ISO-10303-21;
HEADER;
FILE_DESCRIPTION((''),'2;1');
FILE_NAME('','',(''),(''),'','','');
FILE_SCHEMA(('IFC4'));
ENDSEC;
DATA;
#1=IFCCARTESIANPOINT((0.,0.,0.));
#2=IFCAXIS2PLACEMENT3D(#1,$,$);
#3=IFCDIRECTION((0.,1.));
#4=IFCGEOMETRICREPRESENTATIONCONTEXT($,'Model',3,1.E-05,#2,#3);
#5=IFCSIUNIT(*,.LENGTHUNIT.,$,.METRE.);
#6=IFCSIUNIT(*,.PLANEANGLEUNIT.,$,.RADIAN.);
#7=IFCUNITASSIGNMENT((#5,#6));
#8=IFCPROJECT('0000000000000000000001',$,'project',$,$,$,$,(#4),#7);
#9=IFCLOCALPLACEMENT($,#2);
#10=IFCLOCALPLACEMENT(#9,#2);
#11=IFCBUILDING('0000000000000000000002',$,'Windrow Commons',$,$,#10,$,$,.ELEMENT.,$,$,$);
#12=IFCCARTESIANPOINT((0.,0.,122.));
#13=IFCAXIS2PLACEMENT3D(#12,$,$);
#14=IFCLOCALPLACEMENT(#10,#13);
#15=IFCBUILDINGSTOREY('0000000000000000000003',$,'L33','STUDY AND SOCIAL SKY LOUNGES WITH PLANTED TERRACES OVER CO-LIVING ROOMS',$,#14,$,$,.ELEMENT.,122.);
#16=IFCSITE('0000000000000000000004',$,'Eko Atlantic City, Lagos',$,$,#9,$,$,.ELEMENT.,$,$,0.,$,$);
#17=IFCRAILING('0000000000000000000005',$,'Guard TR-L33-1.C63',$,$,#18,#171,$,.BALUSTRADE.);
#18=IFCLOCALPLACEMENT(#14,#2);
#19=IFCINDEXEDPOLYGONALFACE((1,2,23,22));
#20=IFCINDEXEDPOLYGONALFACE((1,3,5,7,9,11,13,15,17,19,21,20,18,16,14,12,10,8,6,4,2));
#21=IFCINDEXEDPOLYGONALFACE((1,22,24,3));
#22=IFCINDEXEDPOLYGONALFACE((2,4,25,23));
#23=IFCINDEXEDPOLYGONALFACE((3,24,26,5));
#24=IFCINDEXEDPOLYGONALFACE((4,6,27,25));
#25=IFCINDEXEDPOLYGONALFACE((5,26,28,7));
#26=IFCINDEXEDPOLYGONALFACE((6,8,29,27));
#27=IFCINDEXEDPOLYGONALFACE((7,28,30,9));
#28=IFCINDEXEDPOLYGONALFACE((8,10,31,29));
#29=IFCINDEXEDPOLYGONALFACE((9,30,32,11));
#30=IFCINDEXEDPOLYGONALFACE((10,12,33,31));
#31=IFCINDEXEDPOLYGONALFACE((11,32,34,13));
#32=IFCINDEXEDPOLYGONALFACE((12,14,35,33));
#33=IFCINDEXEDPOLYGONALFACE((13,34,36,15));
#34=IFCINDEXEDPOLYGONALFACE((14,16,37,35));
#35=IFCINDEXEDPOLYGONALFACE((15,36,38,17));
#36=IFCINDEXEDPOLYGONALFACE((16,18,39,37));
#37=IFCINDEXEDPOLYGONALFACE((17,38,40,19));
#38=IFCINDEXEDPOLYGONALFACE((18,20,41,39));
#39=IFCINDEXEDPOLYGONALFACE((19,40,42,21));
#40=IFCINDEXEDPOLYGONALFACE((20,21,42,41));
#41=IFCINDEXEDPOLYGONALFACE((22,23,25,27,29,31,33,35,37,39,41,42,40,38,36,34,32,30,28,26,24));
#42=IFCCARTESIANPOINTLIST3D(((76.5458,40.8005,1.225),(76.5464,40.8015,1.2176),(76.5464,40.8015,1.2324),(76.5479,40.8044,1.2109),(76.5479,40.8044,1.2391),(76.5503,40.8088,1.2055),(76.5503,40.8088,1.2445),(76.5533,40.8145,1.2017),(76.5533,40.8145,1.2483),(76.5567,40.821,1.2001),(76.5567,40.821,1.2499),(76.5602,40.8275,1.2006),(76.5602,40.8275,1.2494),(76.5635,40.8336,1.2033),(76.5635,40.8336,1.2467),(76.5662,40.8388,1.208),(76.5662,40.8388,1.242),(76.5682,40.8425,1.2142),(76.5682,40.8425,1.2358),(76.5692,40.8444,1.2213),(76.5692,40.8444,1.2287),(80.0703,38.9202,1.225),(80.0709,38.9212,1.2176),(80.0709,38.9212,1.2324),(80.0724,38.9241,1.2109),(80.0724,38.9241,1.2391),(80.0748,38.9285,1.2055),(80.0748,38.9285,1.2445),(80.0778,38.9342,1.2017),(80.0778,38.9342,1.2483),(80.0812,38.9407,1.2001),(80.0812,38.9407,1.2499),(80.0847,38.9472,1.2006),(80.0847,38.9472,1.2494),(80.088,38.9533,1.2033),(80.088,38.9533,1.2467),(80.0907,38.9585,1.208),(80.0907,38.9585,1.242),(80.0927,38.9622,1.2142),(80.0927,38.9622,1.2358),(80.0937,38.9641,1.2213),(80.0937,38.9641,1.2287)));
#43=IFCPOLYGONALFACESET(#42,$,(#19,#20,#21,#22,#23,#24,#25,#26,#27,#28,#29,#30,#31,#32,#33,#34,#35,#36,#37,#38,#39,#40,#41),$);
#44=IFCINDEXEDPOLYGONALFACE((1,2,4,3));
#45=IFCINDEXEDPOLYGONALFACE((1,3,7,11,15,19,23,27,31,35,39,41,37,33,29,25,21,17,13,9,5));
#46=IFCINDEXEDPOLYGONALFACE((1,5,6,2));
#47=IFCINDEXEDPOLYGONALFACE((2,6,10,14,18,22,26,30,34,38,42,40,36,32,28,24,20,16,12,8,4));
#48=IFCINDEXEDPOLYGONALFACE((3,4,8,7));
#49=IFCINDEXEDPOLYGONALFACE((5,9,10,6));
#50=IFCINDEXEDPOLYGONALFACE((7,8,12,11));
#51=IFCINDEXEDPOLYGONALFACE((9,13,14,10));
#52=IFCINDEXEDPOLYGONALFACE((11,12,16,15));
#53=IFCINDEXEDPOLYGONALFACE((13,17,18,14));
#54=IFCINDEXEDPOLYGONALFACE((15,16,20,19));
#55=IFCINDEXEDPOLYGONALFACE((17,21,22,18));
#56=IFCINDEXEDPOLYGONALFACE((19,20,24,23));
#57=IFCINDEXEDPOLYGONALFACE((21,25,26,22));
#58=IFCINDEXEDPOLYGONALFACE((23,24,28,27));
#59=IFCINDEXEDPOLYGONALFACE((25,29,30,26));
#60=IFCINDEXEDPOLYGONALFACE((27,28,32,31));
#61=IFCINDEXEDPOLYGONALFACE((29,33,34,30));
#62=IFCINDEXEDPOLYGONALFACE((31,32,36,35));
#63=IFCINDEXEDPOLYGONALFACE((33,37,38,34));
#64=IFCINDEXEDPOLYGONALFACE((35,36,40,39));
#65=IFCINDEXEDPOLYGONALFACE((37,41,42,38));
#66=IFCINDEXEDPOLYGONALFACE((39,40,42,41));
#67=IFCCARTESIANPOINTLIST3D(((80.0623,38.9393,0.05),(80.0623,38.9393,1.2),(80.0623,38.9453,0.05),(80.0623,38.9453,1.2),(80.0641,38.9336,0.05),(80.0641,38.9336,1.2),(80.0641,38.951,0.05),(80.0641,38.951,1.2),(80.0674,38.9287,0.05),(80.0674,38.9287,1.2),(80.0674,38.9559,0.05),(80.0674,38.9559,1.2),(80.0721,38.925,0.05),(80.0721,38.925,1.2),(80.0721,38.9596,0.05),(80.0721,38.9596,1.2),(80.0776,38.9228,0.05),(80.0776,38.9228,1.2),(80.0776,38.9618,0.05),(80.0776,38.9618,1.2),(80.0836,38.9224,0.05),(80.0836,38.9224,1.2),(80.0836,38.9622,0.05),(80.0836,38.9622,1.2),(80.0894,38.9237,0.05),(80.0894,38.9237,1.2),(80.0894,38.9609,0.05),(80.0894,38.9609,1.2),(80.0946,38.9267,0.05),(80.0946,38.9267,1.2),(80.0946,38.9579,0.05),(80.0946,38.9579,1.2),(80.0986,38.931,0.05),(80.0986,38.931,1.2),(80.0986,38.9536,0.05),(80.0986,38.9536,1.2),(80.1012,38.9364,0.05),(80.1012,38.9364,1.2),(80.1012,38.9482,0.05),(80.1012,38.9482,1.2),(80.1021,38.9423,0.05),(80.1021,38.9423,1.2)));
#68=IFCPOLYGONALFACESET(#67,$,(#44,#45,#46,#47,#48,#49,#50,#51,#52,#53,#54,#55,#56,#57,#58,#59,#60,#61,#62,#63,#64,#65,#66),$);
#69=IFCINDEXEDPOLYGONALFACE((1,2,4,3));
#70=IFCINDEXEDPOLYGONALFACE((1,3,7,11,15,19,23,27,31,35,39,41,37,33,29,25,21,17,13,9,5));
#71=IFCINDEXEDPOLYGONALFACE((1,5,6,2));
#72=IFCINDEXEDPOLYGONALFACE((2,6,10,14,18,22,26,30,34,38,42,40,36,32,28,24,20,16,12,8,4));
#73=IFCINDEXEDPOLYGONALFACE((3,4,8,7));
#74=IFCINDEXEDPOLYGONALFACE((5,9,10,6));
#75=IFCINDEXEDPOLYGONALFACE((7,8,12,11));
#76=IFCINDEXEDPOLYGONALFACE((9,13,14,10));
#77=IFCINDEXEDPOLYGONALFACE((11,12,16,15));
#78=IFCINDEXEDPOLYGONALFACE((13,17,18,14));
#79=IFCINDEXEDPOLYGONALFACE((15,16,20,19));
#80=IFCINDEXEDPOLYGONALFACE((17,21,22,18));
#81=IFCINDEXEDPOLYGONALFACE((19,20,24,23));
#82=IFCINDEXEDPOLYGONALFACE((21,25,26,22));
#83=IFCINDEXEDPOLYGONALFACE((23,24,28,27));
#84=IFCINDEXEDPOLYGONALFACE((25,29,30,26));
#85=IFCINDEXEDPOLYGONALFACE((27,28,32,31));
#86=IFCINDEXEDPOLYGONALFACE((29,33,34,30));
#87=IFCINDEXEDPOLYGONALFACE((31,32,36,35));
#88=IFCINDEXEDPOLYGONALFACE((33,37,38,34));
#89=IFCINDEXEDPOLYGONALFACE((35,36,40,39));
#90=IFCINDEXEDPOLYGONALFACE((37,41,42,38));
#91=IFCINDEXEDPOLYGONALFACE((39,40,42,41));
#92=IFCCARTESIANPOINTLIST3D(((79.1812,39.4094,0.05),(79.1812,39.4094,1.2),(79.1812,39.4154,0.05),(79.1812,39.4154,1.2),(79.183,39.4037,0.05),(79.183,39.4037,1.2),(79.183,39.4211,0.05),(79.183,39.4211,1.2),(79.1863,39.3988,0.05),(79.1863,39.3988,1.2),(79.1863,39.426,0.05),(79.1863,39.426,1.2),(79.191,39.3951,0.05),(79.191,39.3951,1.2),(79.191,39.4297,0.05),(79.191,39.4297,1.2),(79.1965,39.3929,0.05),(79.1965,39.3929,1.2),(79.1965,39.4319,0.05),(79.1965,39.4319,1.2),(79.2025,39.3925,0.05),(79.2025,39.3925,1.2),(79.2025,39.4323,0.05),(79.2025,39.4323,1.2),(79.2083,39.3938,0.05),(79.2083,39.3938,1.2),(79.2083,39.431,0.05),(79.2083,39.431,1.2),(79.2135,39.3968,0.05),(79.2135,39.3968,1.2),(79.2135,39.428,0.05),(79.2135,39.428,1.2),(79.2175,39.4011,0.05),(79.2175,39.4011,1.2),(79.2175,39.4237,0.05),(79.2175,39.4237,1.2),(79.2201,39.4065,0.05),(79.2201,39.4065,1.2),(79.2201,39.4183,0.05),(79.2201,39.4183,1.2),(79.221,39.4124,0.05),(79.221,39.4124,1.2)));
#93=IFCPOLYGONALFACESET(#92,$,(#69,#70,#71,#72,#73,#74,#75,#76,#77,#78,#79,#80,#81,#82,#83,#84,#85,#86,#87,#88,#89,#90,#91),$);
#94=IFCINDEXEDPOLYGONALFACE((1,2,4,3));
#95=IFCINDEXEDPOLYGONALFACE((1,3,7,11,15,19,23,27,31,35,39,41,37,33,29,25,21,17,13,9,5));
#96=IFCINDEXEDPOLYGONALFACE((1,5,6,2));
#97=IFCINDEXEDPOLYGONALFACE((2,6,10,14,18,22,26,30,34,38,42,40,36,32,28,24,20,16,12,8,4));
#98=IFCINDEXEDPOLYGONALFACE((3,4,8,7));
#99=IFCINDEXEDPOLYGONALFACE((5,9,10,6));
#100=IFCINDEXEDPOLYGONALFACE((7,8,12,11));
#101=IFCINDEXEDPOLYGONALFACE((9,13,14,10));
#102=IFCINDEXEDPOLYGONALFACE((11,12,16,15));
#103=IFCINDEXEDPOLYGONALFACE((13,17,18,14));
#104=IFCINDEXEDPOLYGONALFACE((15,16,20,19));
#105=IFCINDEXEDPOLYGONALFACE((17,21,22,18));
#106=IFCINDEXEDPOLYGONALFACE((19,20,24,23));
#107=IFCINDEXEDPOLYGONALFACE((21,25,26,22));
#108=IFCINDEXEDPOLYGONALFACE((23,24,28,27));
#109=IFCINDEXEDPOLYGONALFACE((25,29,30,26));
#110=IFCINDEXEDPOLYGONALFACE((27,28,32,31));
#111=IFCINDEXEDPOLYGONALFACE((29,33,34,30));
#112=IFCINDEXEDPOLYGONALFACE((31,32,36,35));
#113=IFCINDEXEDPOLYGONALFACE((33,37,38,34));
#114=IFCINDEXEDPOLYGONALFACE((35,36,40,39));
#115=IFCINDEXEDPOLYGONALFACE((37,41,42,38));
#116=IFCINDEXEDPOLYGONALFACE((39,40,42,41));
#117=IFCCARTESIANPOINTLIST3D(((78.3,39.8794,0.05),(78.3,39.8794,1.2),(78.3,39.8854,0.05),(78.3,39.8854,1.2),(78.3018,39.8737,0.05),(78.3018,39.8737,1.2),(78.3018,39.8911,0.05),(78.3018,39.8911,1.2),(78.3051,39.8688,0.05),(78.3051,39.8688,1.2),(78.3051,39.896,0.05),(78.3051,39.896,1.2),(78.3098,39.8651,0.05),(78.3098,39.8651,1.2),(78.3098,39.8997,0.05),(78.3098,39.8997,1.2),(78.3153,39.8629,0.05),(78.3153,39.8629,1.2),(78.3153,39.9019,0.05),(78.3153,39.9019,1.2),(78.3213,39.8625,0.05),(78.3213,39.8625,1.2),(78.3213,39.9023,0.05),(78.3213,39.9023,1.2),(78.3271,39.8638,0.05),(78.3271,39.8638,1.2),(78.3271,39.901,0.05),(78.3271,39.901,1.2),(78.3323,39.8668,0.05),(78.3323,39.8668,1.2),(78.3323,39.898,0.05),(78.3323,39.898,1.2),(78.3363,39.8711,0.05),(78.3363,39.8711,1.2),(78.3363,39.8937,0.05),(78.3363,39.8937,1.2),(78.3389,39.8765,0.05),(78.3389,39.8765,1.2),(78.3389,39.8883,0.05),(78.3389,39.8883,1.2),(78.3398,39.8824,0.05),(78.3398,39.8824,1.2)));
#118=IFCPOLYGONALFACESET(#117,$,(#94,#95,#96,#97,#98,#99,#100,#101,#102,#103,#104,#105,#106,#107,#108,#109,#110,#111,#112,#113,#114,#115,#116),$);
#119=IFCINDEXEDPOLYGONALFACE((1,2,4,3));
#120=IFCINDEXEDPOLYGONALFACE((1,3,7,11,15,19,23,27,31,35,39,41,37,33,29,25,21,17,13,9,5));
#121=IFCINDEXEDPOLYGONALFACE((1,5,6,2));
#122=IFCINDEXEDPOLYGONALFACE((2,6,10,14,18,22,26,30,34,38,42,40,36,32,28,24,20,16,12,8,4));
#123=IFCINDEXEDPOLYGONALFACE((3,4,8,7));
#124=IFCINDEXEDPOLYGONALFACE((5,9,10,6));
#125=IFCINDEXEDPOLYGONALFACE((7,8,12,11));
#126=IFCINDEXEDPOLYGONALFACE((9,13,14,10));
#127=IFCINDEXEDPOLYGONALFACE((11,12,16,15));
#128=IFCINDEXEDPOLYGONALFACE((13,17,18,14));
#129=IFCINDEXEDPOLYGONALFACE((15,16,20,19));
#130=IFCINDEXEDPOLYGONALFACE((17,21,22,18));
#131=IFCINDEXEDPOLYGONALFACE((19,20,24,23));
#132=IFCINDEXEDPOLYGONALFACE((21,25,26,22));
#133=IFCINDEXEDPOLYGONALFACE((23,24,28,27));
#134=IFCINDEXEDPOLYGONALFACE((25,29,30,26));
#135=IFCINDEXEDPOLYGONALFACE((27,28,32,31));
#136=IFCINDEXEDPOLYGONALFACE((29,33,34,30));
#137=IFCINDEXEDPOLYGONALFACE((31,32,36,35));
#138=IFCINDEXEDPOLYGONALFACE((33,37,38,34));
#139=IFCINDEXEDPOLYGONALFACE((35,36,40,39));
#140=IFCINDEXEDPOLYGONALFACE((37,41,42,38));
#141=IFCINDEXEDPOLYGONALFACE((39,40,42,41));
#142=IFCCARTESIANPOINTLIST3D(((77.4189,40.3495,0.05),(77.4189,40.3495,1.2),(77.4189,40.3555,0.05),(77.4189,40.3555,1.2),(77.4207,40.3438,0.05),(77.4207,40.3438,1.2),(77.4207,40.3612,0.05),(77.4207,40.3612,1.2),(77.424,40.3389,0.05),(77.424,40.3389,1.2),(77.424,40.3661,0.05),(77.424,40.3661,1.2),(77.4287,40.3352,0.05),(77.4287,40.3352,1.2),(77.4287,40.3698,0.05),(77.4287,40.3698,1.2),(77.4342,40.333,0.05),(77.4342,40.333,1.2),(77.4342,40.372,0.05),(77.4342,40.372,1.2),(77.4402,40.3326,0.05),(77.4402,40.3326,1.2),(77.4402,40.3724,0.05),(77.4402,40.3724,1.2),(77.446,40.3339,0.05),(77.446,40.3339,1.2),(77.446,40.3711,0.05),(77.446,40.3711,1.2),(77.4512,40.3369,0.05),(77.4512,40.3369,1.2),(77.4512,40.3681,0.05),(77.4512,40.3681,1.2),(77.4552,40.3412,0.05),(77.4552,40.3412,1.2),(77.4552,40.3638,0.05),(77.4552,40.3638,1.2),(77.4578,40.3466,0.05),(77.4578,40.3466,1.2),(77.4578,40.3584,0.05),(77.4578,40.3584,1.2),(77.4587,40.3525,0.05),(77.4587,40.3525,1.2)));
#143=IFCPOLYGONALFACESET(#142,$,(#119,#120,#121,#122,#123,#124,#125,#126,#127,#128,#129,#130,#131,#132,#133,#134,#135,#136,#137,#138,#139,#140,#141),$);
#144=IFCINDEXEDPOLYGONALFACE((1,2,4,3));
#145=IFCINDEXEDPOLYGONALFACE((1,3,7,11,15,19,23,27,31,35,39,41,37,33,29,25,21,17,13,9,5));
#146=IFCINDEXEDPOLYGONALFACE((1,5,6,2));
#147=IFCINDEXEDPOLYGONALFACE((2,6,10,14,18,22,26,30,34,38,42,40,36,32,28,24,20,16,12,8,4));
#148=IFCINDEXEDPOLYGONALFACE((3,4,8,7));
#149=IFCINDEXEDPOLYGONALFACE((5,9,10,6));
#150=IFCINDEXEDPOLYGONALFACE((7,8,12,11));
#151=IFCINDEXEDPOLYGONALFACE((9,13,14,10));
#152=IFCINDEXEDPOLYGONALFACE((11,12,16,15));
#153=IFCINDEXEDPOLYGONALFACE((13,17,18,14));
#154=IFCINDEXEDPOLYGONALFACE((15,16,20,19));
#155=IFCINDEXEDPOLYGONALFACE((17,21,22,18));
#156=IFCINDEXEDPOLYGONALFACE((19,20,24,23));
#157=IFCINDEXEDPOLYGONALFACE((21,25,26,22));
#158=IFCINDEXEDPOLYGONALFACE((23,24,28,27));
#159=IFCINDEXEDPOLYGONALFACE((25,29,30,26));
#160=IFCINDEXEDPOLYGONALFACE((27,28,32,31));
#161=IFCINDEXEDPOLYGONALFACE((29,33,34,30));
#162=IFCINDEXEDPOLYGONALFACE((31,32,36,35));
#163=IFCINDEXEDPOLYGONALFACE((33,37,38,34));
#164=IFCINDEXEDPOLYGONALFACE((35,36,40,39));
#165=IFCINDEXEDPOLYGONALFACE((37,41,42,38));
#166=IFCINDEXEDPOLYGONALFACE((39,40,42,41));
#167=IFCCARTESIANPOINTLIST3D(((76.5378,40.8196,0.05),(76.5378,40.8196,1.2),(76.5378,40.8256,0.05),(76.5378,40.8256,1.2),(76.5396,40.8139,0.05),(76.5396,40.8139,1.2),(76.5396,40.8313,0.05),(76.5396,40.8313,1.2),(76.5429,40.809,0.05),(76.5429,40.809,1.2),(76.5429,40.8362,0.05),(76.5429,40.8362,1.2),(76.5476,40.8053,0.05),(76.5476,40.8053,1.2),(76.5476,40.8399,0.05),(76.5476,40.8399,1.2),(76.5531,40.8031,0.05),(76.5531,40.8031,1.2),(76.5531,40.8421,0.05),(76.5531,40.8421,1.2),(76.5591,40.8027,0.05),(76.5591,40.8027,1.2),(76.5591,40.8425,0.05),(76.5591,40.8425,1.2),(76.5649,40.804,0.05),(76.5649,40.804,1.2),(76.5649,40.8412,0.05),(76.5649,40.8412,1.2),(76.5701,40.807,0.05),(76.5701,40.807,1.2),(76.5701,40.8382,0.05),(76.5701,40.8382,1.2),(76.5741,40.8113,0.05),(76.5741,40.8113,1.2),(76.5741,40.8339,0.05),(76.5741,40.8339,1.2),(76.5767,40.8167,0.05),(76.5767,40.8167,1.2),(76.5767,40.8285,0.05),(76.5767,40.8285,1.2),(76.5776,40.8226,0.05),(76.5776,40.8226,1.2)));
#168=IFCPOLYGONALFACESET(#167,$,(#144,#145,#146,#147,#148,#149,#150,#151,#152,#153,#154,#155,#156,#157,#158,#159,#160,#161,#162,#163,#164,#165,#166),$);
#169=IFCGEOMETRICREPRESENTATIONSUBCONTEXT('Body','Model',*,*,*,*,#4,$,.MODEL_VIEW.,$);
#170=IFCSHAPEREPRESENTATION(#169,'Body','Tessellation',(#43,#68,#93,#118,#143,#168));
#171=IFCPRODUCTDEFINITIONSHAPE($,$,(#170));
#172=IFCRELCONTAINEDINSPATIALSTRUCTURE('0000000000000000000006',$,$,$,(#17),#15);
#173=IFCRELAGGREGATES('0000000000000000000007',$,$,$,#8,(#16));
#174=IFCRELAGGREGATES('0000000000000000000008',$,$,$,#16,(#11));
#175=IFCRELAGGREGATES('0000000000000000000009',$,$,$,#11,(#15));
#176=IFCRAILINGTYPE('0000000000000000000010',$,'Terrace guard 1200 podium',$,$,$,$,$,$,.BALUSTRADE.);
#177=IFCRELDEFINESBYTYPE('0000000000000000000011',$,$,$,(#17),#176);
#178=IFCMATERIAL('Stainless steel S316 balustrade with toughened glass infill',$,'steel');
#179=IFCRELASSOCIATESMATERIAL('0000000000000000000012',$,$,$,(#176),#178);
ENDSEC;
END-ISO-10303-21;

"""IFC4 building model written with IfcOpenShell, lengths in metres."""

from ifc_helpers import new_model, si_unit, direction, frame, origin, origin_2d, place, context, subcontext, project, spatial, circle, extrude, material, type_object, element, save


model = new_model("IFC4")

# Units and contexts
model_context = context("Model", 3, precision=1e-05, world=origin(), true_north=direction((0.0, 1.0)))
body_context = subcontext(model_context, "Body", "Model", "MODEL_VIEW")
ifc_project = project(units=[si_unit("LENGTHUNIT", "METRE"), si_unit("PLANEANGLEUNIT", "RADIAN")], contexts=[model_context])

# Site, building, storey
site_placement = place(None, origin())
site = spatial("IfcSite", under=ifc_project, at=site_placement, Name="Eko Atlantic City, Lagos", CompositionType="ELEMENT", RefElevation=0.0)
building_placement = place(site_placement, origin())
building = spatial("IfcBuilding", under=site, at=building_placement, Name="Windrow Commons", CompositionType="ELEMENT")
storey_placement = place(building_placement, frame((0.0, 0.0, 122.0)))
storey = spatial("IfcBuildingStorey", under=building, at=storey_placement, Name="L33", Description="STUDY AND SOCIAL SKY LOUNGES WITH PLANTED TERRACES OVER CO-LIVING ROOMS", CompositionType="ELEMENT", Elevation=122.0)

# Railing
ifc_material_1 = material(Name="Stainless steel S316 balustrade with toughened glass infill", Category="steel")
railing_type = type_object("IfcRailingType", Name="Terrace guard 1200 podium", PredefinedType="BALUSTRADE", material=ifc_material_1)
railing_1_placement = place(storey_placement, frame((80.0821, 38.9423, 0.05)))
element("IfcRailing", 1, at=railing_1_placement, inside=storey, type_object=railing_type, Name="Guard TR-L33-1.C63", PredefinedType="BALUSTRADE", context=body_context, shape_type="SweptSolid", body=[
    extrude(circle(Radius=0.025, at=origin_2d()), frame((0.0, 0.0, 1.175), z_axis=(-0.882294, 0.470699, 0.0), x_axis=(-0.470699, -0.882294, 0.0)), (0.0, 0.0, 1.0), 3.9947),
    extrude(circle(Radius=0.02, at=origin_2d()), origin(), (0.0, 0.0, 1.0), 1.15),
    extrude(circle(Radius=0.02, at=origin_2d()), frame((-0.8811, 0.4701, 0.0)), (0.0, 0.0, 1.0), 1.15),
    extrude(circle(Radius=0.02, at=origin_2d()), frame((-1.7623, 0.9401, 0.0)), (0.0, 0.0, 1.0), 1.15),
    extrude(circle(Radius=0.02, at=origin_2d()), frame((-2.6434, 1.4102, 0.0)), (0.0, 0.0, 1.0), 1.15),
    extrude(circle(Radius=0.02, at=origin_2d()), frame((-3.5245, 1.8803, 0.0)), (0.0, 0.0, 1.0), 1.15),
])

save(model, "model.ifc")
